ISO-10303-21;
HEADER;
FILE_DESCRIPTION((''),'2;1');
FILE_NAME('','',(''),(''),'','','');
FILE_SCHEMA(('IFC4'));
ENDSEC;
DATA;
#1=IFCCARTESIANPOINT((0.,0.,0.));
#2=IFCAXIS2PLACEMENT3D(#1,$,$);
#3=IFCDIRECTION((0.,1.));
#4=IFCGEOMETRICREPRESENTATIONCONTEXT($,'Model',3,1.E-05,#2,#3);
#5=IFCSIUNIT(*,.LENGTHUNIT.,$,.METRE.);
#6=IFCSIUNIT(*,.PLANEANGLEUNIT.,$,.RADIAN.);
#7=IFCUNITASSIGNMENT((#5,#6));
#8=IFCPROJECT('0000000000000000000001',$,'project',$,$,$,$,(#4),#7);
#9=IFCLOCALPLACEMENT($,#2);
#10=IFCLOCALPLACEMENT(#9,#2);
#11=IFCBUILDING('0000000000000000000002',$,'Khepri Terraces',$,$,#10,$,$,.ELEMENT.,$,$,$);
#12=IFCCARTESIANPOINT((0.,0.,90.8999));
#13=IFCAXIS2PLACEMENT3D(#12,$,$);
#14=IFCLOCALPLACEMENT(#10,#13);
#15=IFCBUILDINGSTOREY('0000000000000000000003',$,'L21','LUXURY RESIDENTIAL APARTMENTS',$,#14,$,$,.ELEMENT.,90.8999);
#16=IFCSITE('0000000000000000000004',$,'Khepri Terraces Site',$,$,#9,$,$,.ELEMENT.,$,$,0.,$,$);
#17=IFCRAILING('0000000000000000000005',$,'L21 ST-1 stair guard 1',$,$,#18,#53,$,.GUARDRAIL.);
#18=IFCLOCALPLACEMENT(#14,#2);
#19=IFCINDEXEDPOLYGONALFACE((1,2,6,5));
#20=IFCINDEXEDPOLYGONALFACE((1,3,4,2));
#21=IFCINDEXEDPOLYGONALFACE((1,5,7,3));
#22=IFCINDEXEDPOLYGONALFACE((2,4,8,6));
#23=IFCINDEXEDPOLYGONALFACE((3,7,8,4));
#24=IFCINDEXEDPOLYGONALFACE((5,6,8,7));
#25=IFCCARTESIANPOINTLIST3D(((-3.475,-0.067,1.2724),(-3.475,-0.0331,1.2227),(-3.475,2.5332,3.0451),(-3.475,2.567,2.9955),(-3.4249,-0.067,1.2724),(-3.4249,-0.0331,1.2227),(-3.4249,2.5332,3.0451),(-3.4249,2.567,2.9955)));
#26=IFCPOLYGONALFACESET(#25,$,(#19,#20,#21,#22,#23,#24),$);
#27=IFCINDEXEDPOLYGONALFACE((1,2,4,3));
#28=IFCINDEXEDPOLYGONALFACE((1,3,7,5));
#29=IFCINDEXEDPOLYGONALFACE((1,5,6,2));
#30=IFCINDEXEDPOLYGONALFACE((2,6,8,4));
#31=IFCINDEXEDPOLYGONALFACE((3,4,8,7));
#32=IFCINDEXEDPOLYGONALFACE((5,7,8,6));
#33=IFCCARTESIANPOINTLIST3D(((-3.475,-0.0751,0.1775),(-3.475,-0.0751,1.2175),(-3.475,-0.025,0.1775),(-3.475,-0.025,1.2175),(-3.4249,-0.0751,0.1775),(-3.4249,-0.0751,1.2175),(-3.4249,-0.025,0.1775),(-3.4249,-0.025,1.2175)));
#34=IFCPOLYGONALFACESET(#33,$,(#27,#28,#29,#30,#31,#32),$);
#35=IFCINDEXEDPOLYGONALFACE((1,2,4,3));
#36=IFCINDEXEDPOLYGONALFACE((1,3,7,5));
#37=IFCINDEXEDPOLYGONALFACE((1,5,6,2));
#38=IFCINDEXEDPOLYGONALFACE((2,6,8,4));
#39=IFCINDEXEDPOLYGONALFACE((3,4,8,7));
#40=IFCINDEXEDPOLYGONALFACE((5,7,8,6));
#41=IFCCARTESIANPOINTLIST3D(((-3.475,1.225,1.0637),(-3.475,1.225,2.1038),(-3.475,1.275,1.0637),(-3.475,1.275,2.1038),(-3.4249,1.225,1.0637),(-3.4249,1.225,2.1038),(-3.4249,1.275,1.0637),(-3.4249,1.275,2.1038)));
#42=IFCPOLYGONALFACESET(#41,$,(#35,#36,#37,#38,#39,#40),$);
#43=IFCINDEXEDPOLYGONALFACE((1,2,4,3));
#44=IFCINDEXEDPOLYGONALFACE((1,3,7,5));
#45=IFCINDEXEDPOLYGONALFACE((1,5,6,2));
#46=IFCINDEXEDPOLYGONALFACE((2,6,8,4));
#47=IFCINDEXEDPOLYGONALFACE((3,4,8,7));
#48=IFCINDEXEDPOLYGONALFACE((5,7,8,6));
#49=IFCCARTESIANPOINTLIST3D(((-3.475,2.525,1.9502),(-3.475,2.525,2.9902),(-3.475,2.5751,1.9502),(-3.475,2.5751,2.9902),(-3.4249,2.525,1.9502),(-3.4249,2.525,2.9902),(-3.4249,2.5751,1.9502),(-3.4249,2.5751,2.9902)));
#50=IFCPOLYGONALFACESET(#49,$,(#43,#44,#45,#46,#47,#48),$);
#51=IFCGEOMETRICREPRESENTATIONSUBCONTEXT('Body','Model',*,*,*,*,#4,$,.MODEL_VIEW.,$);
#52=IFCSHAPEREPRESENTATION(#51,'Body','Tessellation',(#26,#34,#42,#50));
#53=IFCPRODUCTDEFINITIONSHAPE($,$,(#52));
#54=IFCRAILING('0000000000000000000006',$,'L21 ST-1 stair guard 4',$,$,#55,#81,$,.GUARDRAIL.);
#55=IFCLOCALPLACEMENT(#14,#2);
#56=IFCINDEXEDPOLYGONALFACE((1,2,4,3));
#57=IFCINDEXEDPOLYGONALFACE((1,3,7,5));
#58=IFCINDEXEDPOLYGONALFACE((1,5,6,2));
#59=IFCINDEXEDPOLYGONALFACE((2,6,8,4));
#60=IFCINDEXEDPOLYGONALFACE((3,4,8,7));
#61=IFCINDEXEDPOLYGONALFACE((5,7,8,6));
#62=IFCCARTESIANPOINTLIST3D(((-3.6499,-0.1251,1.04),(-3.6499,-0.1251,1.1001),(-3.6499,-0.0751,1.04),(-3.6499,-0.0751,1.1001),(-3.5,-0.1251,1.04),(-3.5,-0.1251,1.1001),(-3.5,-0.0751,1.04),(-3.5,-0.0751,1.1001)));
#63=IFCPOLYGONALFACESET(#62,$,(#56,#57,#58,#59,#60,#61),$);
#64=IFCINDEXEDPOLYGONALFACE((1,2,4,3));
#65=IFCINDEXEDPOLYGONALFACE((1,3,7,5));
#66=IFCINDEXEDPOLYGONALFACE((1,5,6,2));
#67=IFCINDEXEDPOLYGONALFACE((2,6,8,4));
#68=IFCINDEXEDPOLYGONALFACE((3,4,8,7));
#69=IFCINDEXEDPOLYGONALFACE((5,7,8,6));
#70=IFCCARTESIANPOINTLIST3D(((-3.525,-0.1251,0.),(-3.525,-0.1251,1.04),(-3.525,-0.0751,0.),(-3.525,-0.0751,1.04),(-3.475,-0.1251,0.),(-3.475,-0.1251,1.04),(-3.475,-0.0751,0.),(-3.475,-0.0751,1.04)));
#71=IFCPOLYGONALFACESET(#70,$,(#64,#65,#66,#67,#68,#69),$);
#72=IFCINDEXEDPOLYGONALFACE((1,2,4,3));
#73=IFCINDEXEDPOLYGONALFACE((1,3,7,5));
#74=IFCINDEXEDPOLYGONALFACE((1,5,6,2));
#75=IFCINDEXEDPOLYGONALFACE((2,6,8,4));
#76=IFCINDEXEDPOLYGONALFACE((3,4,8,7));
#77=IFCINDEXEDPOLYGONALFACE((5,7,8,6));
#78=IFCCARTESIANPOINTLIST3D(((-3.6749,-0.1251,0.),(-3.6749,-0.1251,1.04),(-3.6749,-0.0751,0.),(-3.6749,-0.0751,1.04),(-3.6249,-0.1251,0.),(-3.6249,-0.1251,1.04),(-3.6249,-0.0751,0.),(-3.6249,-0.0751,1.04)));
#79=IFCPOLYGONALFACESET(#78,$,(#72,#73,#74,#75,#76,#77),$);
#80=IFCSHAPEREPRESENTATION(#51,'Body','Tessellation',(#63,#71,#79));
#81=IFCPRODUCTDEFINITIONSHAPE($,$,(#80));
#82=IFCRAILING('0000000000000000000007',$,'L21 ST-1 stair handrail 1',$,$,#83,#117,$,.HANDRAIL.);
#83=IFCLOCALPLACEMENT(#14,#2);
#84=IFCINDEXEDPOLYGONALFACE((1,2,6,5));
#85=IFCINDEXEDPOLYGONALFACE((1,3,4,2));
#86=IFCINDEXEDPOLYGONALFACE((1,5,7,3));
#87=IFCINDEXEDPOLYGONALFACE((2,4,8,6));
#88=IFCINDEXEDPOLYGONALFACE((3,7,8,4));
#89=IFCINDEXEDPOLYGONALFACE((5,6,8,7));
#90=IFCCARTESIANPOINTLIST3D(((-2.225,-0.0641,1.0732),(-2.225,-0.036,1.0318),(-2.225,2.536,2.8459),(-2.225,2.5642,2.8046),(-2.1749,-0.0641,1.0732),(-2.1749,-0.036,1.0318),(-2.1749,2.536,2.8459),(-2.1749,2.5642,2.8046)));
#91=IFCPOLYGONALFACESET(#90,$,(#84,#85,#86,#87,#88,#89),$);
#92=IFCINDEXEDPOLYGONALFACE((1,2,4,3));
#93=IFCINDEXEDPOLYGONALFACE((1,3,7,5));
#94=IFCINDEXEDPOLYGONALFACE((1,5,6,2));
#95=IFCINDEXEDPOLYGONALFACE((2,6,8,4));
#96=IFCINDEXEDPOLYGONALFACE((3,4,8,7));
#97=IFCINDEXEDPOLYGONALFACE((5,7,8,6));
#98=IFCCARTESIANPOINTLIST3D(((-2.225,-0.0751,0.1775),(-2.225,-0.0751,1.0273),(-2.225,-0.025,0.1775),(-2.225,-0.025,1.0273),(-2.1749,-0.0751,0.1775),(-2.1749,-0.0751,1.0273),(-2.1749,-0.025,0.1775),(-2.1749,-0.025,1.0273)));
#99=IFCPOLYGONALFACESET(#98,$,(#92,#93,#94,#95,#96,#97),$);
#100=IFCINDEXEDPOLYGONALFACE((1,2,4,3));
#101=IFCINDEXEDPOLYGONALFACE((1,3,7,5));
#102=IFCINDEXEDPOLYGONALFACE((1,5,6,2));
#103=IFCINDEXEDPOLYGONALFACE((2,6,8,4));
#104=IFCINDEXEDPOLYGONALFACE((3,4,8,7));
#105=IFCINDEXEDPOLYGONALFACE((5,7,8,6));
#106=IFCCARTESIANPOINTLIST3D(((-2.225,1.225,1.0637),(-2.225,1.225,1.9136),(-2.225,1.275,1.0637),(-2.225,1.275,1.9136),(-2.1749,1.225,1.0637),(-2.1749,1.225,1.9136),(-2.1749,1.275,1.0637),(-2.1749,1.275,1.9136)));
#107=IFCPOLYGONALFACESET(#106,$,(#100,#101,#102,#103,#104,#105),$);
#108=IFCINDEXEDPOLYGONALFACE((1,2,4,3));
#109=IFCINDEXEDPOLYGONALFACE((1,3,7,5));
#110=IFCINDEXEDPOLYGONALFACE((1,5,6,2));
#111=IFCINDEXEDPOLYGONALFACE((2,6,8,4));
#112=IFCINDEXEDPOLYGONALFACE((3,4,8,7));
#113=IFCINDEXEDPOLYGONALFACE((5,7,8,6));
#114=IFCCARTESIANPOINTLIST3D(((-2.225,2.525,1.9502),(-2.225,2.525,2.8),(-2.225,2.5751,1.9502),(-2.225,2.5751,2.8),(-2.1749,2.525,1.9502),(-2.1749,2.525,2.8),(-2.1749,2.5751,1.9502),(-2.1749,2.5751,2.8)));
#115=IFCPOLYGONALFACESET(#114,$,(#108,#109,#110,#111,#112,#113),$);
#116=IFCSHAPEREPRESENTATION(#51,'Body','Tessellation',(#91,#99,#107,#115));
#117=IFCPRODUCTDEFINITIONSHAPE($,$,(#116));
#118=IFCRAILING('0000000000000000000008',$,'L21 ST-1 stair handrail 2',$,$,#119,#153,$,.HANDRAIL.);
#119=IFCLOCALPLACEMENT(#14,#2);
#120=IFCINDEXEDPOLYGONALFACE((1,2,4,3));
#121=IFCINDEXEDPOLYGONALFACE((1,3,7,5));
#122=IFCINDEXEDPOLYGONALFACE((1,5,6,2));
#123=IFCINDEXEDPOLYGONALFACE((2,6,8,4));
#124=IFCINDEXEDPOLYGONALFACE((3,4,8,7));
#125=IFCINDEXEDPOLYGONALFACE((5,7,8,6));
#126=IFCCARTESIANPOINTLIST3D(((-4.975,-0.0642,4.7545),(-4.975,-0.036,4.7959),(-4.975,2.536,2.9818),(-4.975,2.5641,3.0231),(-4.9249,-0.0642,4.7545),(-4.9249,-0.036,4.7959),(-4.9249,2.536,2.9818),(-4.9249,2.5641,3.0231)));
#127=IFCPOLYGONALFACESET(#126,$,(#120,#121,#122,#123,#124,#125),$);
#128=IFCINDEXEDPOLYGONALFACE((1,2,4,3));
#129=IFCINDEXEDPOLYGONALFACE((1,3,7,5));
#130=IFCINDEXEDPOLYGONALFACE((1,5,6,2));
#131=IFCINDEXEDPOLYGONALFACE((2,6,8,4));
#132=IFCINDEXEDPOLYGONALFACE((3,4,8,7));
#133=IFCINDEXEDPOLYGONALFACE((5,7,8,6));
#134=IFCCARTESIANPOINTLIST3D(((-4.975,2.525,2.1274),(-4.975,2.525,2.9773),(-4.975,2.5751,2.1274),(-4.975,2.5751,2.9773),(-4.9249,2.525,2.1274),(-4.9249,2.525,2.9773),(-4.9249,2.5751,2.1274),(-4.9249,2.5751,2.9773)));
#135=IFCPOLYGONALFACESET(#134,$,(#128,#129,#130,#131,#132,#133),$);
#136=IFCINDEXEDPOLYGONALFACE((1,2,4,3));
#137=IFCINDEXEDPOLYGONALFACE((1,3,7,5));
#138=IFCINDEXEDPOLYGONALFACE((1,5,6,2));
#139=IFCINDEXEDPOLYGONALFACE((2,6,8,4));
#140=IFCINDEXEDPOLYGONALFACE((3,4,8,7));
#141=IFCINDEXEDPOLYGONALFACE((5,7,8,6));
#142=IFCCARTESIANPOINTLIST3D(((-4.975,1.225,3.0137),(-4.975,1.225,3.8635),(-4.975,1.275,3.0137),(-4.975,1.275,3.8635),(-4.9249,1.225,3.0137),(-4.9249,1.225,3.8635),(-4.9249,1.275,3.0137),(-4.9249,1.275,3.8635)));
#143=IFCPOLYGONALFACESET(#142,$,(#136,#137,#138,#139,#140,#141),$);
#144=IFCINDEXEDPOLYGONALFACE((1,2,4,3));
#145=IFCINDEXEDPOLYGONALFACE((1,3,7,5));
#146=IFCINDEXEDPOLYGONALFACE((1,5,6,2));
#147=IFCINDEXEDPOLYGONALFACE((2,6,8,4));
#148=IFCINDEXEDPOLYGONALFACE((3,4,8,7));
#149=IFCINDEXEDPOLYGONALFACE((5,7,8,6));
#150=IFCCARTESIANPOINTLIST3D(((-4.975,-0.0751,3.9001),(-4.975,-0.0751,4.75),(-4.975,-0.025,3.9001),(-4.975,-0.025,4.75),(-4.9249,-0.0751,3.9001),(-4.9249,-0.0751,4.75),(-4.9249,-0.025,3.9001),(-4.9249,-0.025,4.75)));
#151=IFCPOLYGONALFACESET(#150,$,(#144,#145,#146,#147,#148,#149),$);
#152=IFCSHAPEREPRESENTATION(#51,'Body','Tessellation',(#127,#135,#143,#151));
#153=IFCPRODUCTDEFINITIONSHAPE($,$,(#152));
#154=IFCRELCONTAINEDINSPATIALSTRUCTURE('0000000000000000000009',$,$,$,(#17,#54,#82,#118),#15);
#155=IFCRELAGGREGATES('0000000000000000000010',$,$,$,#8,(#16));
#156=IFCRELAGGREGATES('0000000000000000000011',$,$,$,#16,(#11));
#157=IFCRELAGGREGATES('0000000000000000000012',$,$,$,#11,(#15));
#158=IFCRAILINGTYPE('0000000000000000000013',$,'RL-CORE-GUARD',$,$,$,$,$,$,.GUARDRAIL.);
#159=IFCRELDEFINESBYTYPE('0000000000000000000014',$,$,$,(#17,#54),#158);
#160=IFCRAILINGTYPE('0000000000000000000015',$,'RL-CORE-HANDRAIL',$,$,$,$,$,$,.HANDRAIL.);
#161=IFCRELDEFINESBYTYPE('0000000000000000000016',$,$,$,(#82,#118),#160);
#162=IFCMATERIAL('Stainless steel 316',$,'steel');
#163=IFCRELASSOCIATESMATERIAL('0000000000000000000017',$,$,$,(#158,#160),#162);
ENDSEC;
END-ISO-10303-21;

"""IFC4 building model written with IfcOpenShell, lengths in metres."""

from ifc_helpers import new_model, si_unit, direction, frame, origin, origin_2d, place, context, subcontext, project, spatial, rectangle, extrude, material, type_object, element, save


model = new_model("IFC4")

# Units and contexts
model_context = context("Model", 3, precision=1e-05, world=origin(), true_north=direction((0.0, 1.0)))
body_context = subcontext(model_context, "Body", "Model", "MODEL_VIEW")
ifc_project = project(units=[si_unit("LENGTHUNIT", "METRE"), si_unit("PLANEANGLEUNIT", "RADIAN")], contexts=[model_context])

# Site, building, storey
site_placement = place(None, origin())
site = spatial("IfcSite", under=ifc_project, at=site_placement, Name="Khepri Terraces Site", CompositionType="ELEMENT", RefElevation=0.0)
building_placement = place(site_placement, origin())
building = spatial("IfcBuilding", under=site, at=building_placement, Name="Khepri Terraces", CompositionType="ELEMENT")
storey_placement = place(building_placement, frame((0.0, 0.0, 90.8999)))
storey = spatial("IfcBuildingStorey", under=building, at=storey_placement, Name="L21", Description="LUXURY RESIDENTIAL APARTMENTS", CompositionType="ELEMENT", Elevation=90.8999)

# Railings
ifc_material_1 = material(Name="Stainless steel 316", Category="steel")
railing_type_1 = type_object("IfcRailingType", Name="RL-CORE-GUARD", PredefinedType="GUARDRAIL", material=ifc_material_1)
railing_1_placement = place(storey_placement, frame((-3.45, -0.05, 0.1775)))
element("IfcRailing", 1, at=railing_1_placement, inside=storey, type_object=railing_type_1, Name="L21 ST-1 stair guard 1", PredefinedType="GUARDRAIL", context=body_context, shape_type="SweptSolid", body=[
    extrude(rectangle(XDim=0.05, YDim=0.0601, at=origin_2d()), frame((0.0, 0.0, 1.0701), z_axis=(0.0, 0.82624, 0.563318), x_axis=(-1.0, 0.0, 0.0)), (0.0, 0.0, 1.0), 3.147),
    extrude(rectangle(XDim=0.05, YDim=0.05, at=origin_2d()), origin(), (0.0, 0.0, 1.0), 1.04),
    extrude(rectangle(XDim=0.05, YDim=0.05, at=origin_2d()), frame((0.0, 1.3, 0.8862)), (0.0, 0.0, 1.0), 1.04),
    extrude(rectangle(XDim=0.05, YDim=0.05, at=origin_2d()), frame((0.0, 2.6001, 1.7727)), (0.0, 0.0, 1.0), 1.04),
])
railing_2_placement = place(storey_placement, frame((-3.5, -0.1001, 0.0)))
element("IfcRailing", 2, at=railing_2_placement, inside=storey, type_object=railing_type_1, Name="L21 ST-1 stair guard 4", PredefinedType="GUARDRAIL", context=body_context, shape_type="SweptSolid", body=[
    extrude(rectangle(XDim=0.05, YDim=0.0601, at=origin_2d()), frame((0.0, 0.0, 1.0701), z_axis=(-1.0, 0.0, 0.0), x_axis=(0.0, -1.0, 0.0)), (0.0, 0.0, 1.0), 0.1499),
    extrude(rectangle(XDim=0.05, YDim=0.05, at=origin_2d()), origin(), (0.0, 0.0, 1.0), 1.04),
    extrude(rectangle(XDim=0.05, YDim=0.05, at=origin_2d()), frame((-0.1499, 0.0, 0.0)), (0.0, 0.0, 1.0), 1.04),
])
railing_type_2 = type_object("IfcRailingType", Name="RL-CORE-HANDRAIL", PredefinedType="HANDRAIL", material=ifc_material_1)
railing_3_placement = place(storey_placement, frame((-2.2, -0.05, 0.1775)))
element("IfcRailing", 3, at=railing_3_placement, inside=storey, type_object=railing_type_2, Name="L21 ST-1 stair handrail 1", PredefinedType="HANDRAIL", context=body_context, shape_type="SweptSolid", body=[
    extrude(rectangle(XDim=0.05, YDim=0.05, at=origin_2d()), frame((0.0, 0.0, 0.875), z_axis=(0.0, 0.82624, 0.563318), x_axis=(-1.0, 0.0, 0.0)), (0.0, 0.0, 1.0), 3.147),
    extrude(rectangle(XDim=0.05, YDim=0.05, at=origin_2d()), origin(), (0.0, 0.0, 1.0), 0.8499),
    extrude(rectangle(XDim=0.05, YDim=0.05, at=origin_2d()), frame((0.0, 1.3, 0.8862)), (0.0, 0.0, 1.0), 0.8499),
    extrude(rectangle(XDim=0.05, YDim=0.05, at=origin_2d()), frame((0.0, 2.6001, 1.7727)), (0.0, 0.0, 1.0), 0.8499),
])
railing_4_placement = place(storey_placement, frame((-4.95, 2.55, 2.1274)))
element("IfcRailing", 4, at=railing_4_placement, inside=storey, type_object=railing_type_2, Name="L21 ST-1 stair handrail 2", PredefinedType="HANDRAIL", context=body_context, shape_type="SweptSolid", body=[
    extrude(rectangle(XDim=0.05, YDim=0.05, at=origin_2d()), frame((0.0, 0.0, 0.875), z_axis=(0.0, -0.82624, 0.563318), x_axis=(1.0, 0.0, 0.0)), (0.0, 0.0, 1.0), 3.147),
    extrude(rectangle(XDim=0.05, YDim=0.05, at=origin_2d()), origin(), (0.0, 0.0, 1.0), 0.8499),
    extrude(rectangle(XDim=0.05, YDim=0.05, at=origin_2d()), frame((0.0, -1.3, 0.8862)), (0.0, 0.0, 1.0), 0.8499),
    extrude(rectangle(XDim=0.05, YDim=0.05, at=origin_2d()), frame((0.0, -2.6001, 1.7727)), (0.0, 0.0, 1.0), 0.8499),
])

save(model, "model.ifc")
